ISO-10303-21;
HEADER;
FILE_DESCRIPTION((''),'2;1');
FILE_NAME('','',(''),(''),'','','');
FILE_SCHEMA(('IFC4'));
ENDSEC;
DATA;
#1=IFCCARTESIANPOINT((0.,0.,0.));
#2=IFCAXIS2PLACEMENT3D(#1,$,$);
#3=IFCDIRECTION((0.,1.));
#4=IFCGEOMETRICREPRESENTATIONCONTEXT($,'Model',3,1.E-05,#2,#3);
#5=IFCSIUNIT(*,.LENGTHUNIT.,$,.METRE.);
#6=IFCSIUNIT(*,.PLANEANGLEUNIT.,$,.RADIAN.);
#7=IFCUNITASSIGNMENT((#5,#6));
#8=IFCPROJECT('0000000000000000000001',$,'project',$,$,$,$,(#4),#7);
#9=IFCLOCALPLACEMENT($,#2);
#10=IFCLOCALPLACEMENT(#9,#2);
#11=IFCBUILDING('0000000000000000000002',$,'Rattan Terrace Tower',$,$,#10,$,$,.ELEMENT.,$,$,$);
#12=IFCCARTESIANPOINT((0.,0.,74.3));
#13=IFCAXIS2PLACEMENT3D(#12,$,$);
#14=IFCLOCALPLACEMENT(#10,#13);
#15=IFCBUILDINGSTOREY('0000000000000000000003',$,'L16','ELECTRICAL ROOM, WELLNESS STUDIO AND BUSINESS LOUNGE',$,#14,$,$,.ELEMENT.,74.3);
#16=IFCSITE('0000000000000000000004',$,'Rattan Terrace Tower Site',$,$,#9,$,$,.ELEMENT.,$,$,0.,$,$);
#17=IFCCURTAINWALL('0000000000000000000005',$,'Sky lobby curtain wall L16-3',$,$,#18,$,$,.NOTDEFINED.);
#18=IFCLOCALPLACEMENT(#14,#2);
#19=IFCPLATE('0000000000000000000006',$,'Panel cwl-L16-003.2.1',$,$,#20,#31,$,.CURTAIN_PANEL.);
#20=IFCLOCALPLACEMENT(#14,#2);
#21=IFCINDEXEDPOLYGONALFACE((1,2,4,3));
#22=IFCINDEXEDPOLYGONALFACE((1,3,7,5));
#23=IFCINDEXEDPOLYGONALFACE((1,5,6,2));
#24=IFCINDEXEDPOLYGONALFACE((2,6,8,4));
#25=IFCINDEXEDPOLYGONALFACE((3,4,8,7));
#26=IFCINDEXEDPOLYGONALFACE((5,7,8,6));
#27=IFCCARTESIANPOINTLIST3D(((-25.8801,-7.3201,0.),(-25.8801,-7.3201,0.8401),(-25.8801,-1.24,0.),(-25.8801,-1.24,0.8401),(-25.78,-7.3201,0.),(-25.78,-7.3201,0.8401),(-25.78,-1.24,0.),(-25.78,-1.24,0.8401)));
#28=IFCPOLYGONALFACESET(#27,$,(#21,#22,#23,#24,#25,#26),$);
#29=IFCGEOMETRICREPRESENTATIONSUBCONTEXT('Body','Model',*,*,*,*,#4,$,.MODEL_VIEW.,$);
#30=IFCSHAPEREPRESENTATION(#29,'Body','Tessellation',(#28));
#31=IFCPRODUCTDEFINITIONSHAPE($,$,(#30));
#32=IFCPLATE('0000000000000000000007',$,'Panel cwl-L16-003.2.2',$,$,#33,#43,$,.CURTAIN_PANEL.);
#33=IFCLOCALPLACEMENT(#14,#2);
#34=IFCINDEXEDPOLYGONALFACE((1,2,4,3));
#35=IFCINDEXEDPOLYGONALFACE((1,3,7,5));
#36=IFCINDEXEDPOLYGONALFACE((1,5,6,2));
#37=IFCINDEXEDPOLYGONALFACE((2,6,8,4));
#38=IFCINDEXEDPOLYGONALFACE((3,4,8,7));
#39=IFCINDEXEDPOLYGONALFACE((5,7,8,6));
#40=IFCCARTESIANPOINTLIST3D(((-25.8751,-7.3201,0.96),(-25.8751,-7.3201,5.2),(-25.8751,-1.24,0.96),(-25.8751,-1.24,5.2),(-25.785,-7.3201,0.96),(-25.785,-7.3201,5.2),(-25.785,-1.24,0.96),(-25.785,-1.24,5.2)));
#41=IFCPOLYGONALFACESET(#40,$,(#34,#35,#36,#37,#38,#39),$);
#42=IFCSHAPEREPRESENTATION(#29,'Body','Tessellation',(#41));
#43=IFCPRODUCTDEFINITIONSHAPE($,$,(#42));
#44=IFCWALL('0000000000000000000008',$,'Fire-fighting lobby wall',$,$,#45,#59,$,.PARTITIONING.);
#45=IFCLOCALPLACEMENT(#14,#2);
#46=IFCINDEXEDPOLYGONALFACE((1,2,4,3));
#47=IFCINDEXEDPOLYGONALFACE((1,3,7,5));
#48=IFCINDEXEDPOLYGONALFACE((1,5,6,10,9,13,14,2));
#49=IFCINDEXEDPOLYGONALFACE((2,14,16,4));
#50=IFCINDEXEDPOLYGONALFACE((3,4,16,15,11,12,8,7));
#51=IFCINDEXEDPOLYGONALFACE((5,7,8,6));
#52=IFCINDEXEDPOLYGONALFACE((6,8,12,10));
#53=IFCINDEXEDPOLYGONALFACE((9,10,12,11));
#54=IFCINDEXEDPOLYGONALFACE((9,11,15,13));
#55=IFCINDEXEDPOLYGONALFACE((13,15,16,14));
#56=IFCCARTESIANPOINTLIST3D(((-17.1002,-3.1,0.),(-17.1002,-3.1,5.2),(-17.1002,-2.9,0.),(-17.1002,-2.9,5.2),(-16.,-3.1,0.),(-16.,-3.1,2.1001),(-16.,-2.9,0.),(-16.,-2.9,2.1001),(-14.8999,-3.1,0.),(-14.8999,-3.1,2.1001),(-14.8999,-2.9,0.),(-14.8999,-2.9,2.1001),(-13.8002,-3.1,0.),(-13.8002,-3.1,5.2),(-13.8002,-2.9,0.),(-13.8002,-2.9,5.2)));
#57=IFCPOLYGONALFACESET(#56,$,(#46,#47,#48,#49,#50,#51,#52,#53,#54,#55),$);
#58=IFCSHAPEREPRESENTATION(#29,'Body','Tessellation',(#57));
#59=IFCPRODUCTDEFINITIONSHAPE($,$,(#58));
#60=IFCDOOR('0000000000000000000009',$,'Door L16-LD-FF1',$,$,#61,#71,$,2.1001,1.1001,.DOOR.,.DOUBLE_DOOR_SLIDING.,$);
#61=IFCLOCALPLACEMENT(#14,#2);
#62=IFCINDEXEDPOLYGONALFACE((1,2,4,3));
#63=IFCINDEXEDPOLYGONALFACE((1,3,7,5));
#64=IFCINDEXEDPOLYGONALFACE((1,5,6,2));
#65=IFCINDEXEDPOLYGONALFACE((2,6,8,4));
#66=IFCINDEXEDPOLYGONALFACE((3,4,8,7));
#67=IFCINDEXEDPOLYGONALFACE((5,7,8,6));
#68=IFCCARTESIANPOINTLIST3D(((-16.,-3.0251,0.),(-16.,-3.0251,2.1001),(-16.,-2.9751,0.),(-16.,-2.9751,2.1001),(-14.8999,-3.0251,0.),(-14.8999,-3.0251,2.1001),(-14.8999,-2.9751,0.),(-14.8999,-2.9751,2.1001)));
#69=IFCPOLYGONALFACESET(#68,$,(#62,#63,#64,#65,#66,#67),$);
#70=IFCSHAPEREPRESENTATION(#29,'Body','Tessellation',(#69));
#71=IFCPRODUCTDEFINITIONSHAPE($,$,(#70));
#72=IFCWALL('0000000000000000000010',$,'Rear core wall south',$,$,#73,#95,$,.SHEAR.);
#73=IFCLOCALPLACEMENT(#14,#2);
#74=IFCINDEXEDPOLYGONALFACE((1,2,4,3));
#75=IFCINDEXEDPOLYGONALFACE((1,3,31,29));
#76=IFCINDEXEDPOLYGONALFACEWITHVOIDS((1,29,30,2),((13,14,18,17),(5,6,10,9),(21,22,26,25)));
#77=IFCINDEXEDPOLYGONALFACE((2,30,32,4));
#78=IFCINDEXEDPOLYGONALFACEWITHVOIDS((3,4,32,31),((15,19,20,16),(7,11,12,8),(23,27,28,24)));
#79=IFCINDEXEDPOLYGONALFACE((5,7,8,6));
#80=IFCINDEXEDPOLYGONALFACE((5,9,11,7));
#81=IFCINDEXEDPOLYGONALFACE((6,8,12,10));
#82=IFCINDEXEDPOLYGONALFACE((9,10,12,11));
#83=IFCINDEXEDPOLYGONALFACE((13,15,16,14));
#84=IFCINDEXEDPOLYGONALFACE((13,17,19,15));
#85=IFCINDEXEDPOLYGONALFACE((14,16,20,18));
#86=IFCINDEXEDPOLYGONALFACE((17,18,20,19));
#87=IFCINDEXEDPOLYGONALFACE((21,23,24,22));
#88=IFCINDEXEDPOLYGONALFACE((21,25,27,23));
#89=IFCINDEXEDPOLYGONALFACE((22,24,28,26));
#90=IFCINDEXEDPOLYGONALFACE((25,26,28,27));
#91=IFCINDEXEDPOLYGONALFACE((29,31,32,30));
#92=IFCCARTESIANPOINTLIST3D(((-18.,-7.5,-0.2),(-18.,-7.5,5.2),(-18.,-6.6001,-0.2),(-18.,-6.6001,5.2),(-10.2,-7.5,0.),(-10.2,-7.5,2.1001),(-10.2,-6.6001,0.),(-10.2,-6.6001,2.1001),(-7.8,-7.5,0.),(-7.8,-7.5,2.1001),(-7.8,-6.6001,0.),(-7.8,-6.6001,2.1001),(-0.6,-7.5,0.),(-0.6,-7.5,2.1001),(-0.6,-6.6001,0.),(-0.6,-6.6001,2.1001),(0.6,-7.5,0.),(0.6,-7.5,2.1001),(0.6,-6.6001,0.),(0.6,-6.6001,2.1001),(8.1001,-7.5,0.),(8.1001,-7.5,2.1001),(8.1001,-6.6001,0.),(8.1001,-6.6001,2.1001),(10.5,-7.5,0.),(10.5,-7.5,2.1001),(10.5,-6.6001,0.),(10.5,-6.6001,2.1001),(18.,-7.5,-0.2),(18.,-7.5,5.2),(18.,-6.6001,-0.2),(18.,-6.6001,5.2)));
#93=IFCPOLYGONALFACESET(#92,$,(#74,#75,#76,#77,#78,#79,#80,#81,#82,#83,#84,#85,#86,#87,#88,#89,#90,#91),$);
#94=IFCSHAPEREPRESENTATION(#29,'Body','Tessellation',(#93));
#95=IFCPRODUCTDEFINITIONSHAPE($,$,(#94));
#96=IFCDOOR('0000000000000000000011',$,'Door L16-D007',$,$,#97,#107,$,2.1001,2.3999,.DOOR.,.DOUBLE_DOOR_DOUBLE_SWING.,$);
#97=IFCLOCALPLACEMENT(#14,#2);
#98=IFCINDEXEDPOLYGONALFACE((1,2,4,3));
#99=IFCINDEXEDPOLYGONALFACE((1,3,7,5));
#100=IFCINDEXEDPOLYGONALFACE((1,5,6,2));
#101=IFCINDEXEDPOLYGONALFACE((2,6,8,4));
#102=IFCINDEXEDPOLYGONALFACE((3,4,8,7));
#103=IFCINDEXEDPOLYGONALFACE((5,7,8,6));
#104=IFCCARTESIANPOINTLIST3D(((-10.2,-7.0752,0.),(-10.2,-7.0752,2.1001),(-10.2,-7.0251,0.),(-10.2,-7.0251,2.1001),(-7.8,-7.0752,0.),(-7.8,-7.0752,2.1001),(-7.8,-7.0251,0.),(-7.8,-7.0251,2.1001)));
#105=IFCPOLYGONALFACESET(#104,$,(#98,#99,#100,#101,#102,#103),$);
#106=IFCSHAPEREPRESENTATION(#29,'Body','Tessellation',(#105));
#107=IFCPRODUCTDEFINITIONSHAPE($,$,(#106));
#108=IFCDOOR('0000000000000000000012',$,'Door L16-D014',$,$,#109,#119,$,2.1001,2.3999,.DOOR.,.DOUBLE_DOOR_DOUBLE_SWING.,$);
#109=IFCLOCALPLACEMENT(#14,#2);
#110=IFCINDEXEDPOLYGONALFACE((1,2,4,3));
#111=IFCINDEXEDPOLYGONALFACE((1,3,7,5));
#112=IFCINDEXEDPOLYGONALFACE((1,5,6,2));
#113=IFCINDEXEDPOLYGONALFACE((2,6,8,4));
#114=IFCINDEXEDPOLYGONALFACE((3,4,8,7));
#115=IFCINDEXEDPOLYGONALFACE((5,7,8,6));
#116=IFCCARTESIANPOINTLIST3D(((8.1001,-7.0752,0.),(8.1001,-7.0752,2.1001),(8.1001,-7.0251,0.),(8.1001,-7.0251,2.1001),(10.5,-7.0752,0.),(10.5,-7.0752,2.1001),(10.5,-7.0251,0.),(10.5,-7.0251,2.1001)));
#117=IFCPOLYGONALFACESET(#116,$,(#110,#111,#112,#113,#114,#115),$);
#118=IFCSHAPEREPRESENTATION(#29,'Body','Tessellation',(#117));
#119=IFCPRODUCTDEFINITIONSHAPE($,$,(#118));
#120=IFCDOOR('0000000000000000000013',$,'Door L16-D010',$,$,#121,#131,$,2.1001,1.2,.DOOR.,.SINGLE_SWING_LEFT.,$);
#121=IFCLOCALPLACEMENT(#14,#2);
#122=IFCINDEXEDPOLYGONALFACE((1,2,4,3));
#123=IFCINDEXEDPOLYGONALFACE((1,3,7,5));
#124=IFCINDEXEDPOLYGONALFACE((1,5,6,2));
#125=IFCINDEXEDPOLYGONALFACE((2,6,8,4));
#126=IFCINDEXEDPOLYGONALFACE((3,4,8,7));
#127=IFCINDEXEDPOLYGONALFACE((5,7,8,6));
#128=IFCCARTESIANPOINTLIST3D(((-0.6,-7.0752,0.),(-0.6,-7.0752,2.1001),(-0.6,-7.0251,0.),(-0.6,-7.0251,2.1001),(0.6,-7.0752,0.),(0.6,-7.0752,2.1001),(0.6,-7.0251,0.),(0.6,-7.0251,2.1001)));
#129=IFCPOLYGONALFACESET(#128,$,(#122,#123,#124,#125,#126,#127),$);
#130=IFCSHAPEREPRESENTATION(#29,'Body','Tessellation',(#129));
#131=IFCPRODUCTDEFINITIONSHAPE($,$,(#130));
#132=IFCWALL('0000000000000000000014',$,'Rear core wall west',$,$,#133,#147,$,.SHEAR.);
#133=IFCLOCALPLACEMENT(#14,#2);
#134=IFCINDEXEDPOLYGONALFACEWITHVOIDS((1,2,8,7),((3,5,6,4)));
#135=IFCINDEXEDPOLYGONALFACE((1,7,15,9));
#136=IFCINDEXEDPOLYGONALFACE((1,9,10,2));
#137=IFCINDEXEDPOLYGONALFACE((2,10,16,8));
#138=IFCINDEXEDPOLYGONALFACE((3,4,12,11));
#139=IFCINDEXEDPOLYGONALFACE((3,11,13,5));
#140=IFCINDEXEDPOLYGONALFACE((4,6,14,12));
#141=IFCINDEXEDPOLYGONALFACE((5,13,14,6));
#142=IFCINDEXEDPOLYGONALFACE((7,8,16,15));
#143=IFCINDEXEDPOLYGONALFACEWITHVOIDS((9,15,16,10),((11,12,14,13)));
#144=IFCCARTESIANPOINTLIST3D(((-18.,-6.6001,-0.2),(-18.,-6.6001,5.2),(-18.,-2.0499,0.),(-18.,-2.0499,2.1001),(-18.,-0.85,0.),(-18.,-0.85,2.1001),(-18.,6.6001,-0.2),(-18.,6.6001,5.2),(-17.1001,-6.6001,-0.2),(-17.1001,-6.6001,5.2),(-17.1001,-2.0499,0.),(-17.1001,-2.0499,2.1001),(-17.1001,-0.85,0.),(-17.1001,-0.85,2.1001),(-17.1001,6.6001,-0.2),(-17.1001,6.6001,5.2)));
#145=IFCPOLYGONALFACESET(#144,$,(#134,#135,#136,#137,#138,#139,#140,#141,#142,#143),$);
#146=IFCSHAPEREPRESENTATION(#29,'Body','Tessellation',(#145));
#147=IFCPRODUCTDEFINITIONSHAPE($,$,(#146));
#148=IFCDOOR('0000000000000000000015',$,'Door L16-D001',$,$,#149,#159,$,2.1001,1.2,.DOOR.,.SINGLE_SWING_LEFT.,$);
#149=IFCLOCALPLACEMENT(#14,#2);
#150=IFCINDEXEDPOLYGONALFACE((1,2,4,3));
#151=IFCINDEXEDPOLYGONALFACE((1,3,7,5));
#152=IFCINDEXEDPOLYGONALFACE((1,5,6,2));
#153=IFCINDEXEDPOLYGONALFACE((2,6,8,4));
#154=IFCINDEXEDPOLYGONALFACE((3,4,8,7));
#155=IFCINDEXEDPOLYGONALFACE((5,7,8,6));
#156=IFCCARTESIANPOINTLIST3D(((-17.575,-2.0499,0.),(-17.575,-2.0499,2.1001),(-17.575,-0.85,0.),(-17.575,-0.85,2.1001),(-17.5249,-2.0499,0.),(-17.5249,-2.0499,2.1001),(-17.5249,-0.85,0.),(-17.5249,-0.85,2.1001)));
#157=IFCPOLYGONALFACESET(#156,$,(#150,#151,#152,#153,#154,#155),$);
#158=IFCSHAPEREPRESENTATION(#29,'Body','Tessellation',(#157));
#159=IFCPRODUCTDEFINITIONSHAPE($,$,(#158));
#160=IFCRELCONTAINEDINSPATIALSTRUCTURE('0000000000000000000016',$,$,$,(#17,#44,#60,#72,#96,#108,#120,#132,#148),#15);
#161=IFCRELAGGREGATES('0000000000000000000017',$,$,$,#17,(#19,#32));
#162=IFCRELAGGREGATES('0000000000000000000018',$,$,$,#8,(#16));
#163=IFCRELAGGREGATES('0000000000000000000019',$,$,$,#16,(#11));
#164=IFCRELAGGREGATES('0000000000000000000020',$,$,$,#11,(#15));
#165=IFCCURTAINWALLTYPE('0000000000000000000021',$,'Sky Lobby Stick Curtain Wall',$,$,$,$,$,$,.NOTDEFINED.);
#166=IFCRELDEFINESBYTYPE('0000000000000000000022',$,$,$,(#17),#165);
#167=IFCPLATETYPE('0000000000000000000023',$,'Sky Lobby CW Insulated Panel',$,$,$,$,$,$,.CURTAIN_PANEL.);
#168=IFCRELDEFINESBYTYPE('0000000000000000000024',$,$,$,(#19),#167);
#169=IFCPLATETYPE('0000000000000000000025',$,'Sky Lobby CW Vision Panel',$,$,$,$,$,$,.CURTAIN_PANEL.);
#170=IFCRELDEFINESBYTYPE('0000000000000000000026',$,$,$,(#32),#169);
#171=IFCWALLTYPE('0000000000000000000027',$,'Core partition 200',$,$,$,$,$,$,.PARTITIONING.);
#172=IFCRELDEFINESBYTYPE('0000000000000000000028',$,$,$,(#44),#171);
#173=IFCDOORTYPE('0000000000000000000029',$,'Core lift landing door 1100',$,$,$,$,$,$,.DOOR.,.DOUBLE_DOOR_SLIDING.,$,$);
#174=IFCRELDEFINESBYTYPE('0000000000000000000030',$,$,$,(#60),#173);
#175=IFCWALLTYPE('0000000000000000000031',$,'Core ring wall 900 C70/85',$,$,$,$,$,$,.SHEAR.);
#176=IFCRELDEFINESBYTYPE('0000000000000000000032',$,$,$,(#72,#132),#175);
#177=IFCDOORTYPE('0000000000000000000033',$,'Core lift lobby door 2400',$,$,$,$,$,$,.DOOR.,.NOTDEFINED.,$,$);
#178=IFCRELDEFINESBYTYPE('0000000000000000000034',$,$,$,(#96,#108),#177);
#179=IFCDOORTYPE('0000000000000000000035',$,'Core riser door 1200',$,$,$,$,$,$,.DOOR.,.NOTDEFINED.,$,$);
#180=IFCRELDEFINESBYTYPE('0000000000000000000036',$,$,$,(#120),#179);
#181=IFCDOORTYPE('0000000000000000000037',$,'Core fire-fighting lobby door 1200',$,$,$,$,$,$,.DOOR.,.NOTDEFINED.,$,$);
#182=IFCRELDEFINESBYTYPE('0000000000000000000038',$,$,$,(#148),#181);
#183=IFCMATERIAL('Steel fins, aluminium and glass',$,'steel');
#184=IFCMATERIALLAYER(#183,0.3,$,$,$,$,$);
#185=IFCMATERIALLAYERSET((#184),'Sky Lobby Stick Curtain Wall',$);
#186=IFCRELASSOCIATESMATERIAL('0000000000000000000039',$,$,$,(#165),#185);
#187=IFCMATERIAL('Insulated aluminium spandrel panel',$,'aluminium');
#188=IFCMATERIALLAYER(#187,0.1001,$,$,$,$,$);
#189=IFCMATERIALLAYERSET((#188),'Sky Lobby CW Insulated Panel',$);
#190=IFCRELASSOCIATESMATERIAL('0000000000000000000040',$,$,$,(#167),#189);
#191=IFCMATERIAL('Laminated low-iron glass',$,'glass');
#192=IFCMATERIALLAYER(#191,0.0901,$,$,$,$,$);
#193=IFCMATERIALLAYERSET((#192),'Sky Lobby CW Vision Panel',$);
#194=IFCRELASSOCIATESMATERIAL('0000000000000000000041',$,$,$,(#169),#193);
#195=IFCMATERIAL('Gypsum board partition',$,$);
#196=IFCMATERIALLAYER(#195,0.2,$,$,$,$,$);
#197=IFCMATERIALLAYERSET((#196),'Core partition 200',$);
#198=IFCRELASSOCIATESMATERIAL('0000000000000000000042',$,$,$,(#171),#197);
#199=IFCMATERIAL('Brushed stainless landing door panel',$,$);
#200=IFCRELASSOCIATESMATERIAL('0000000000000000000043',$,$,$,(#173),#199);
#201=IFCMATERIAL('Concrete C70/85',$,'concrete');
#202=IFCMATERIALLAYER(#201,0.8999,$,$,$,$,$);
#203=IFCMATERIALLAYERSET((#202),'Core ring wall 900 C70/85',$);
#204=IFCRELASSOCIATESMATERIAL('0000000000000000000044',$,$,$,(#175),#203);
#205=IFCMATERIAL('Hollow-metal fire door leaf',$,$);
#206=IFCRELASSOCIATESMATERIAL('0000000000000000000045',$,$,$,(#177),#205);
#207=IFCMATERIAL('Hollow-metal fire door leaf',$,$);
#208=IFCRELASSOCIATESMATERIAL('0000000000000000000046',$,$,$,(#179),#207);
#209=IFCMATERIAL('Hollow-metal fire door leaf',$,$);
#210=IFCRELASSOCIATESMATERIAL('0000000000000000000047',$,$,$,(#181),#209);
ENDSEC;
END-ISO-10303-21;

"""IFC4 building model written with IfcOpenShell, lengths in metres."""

from ifc_helpers import new_model, si_unit, direction, frame, frame_2d, origin, origin_2d, place, context, subcontext, project, spatial, rectangle, extrude, material, layer, layer_set, type_object, element, fill, aggregate, save


model = new_model("IFC4")

# Units and contexts
model_context = context("Model", 3, precision=1e-05, world=origin(), true_north=direction((0.0, 1.0)))
body_context = subcontext(model_context, "Body", "Model", "MODEL_VIEW")
ifc_project = project(units=[si_unit("LENGTHUNIT", "METRE"), si_unit("PLANEANGLEUNIT", "RADIAN")], contexts=[model_context])

# Site, building, storey
site_placement = place(None, origin())
site = spatial("IfcSite", under=ifc_project, at=site_placement, Name="Rattan Terrace Tower Site", CompositionType="ELEMENT", RefElevation=0.0)
building_placement = place(site_placement, origin())
building = spatial("IfcBuilding", under=site, at=building_placement, Name="Rattan Terrace Tower", CompositionType="ELEMENT")
storey_placement = place(building_placement, frame((0.0, 0.0, 74.3)))
storey = spatial("IfcBuildingStorey", under=building, at=storey_placement, Name="L16", Description="ELECTRICAL ROOM, WELLNESS STUDIO AND BUSINESS LOUNGE", CompositionType="ELEMENT", Elevation=74.3)

# Curtain wall, plates
ifc_material_1 = material(Name="Steel fins, aluminium and glass", Category="steel")
ifc_layer_1 = layer(ifc_material_1, 0.3)
ifc_layer_set_1 = layer_set([ifc_layer_1], Name="Sky Lobby Stick Curtain Wall")
curtain_wall_type = type_object("IfcCurtainWallType", Name="Sky Lobby Stick Curtain Wall", PredefinedType="NOTDEFINED", material=ifc_layer_set_1)
curtain_wall_placement = place(storey_placement, origin())
curtain_wall = element("IfcCurtainWall", 1, at=curtain_wall_placement, inside=storey, type_object=curtain_wall_type, Name="Sky lobby curtain wall L16-3", PredefinedType="NOTDEFINED")
ifc_material_2 = material(Name="Insulated aluminium spandrel panel", Category="aluminium")
ifc_layer_2 = layer(ifc_material_2, 0.1001)
ifc_layer_set_2 = layer_set([ifc_layer_2], Name="Sky Lobby CW Insulated Panel")
plate_type_1 = type_object("IfcPlateType", Name="Sky Lobby CW Insulated Panel", PredefinedType="CURTAIN_PANEL", material=ifc_layer_set_2)
plate_1_placement = place(storey_placement, frame((-25.8301, -4.28, 0.0), z_axis=(0.0, 0.0, 1.0), x_axis=(0.0, -1.0, 0.0)))
plate_1 = element("IfcPlate", 2, at=plate_1_placement, type_object=plate_type_1, Name="Panel cwl-L16-003.2.1", PredefinedType="CURTAIN_PANEL", context=body_context, shape_type="SweptSolid", body=[
    extrude(rectangle(XDim=6.0801, YDim=0.1001, at=origin_2d()), origin(), (0.0, 0.0, 1.0), 0.8401),
])
ifc_material_3 = material(Name="Laminated low-iron glass", Category="glass")
ifc_layer_3 = layer(ifc_material_3, 0.0901)
ifc_layer_set_3 = layer_set([ifc_layer_3], Name="Sky Lobby CW Vision Panel")
plate_type_2 = type_object("IfcPlateType", Name="Sky Lobby CW Vision Panel", PredefinedType="CURTAIN_PANEL", material=ifc_layer_set_3)
plate_2_placement = place(storey_placement, frame((-25.8301, -4.28, 0.96), z_axis=(0.0, 0.0, 1.0), x_axis=(0.0, -1.0, 0.0)))
plate_2 = element("IfcPlate", 3, at=plate_2_placement, type_object=plate_type_2, Name="Panel cwl-L16-003.2.2", PredefinedType="CURTAIN_PANEL", context=body_context, shape_type="SweptSolid", body=[
    extrude(rectangle(XDim=6.0801, YDim=0.0901, at=origin_2d()), origin(), (0.0, 0.0, 1.0), 4.24),
])
aggregate(curtain_wall, [plate_1, plate_2])

# Wall, opening, door
ifc_material_4 = material(Name="Gypsum board partition")
ifc_layer_4 = layer(ifc_material_4, 0.2)
ifc_layer_set_4 = layer_set([ifc_layer_4], Name="Core partition 200")
wall_type_1 = type_object("IfcWallType", Name="Core partition 200", PredefinedType="PARTITIONING", material=ifc_layer_set_4)
wall_1_placement = place(storey_placement, frame((-17.1001, -3.0, 0.0), z_axis=(0.0, 0.0, 1.0), x_axis=(1.0, 0.0, 0.0)))
wall_1 = element("IfcWall", 4, at=wall_1_placement, inside=storey, type_object=wall_type_1, Name="Fire-fighting lobby wall", PredefinedType="PARTITIONING", context=body_context, shape_type="SweptSolid", body=[
    extrude(rectangle(XDim=3.3, YDim=0.2, at=frame_2d((1.6499, 0.0))), origin(), (0.0, 0.0, 1.0), 5.2),
])
opening_1_placement = place(wall_1_placement, frame((1.1001, 0.0, 0.0)))
opening_1 = element("IfcOpeningElement", 5, at=opening_1_placement, cuts=wall_1, PredefinedType="OPENING", context=body_context, shape_type="SweptSolid", body=[
    extrude(rectangle(XDim=1.1001, YDim=2.1001, at=frame_2d((0.55, 1.05))), frame((0.0, 0.1106, 0.0), z_axis=(0.0, -1.0, 0.0), x_axis=(1.0, 0.0, 0.0)), (0.0, 0.0, 1.0), 0.2209),
])
ifc_material_5 = material(Name="Brushed stainless landing door panel")
door_type_1 = type_object("IfcDoorType", Name="Core lift landing door 1100", OperationType="DOUBLE_DOOR_SLIDING", PredefinedType="DOOR", material=ifc_material_5)
door_1_placement = place(opening_1_placement, origin())
door_1 = element("IfcDoor", 6, at=door_1_placement, inside=storey, type_object=door_type_1, Name="Door L16-LD-FF1", OperationType="DOUBLE_DOOR_SLIDING", OverallHeight=2.1001, OverallWidth=1.1001, PredefinedType="DOOR", context=body_context, shape_type="SweptSolid", body=[
    extrude(rectangle(XDim=1.1001, YDim=2.1001, at=frame_2d((0.55, 1.05))), frame((0.0, 0.0249, 0.0), z_axis=(0.0, -1.0, 0.0), x_axis=(1.0, 0.0, 0.0)), (0.0, 0.0, 1.0), 0.05),
])
fill(opening_1, door_1)

# Wall, openings, doors
ifc_material_6 = material(Name="Concrete C70/85", Category="concrete")
ifc_layer_5 = layer(ifc_material_6, 0.8999)
ifc_layer_set_5 = layer_set([ifc_layer_5], Name="Core ring wall 900 C70/85")
wall_type_2 = type_object("IfcWallType", Name="Core ring wall 900 C70/85", PredefinedType="SHEAR", material=ifc_layer_set_5)
wall_2_placement = place(storey_placement, frame((-18.0, -7.05, -0.2), z_axis=(0.0, 0.0, 1.0), x_axis=(1.0, 0.0, 0.0)))
wall_2 = element("IfcWall", 7, at=wall_2_placement, inside=storey, type_object=wall_type_2, Name="Rear core wall south", PredefinedType="SHEAR", context=body_context, shape_type="SweptSolid", body=[
    extrude(rectangle(XDim=36.0, YDim=0.8999, at=frame_2d((18.0, 0.0))), origin(), (0.0, 0.0, 1.0), 5.3999),
])
opening_2_placement = place(wall_2_placement, frame((7.8, 0.0, 0.2)))
opening_2 = element("IfcOpeningElement", 8, at=opening_2_placement, cuts=wall_2, PredefinedType="OPENING", context=body_context, shape_type="SweptSolid", body=[
    extrude(rectangle(XDim=2.3999, YDim=2.1001, at=frame_2d((1.2, 1.05))), frame((0.0, 0.4604, 0.0), z_axis=(0.0, -1.0, 0.0), x_axis=(1.0, 0.0, 0.0)), (0.0, 0.0, 1.0), 0.9209),
])
opening_3_placement = place(wall_2_placement, frame((17.3999, 0.0, 0.2)))
opening_3 = element("IfcOpeningElement", 9, at=opening_3_placement, cuts=wall_2, PredefinedType="OPENING", context=body_context, shape_type="SweptSolid", body=[
    extrude(rectangle(XDim=1.2, YDim=2.1001, at=frame_2d((0.6001, 1.05))), frame((0.0, 0.4604, 0.0), z_axis=(0.0, -1.0, 0.0), x_axis=(1.0, 0.0, 0.0)), (0.0, 0.0, 1.0), 0.9209),
])
opening_4_placement = place(wall_2_placement, frame((26.1001, 0.0, 0.2)))
opening_4 = element("IfcOpeningElement", 10, at=opening_4_placement, cuts=wall_2, PredefinedType="OPENING", context=body_context, shape_type="SweptSolid", body=[
    extrude(rectangle(XDim=2.3999, YDim=2.1001, at=frame_2d((1.2, 1.05))), frame((0.0, 0.4604, 0.0), z_axis=(0.0, -1.0, 0.0), x_axis=(1.0, 0.0, 0.0)), (0.0, 0.0, 1.0), 0.9209),
])
ifc_material_7 = material(Name="Hollow-metal fire door leaf")
door_type_2 = type_object("IfcDoorType", Name="Core lift lobby door 2400", OperationType="NOTDEFINED", PredefinedType="DOOR", material=ifc_material_7)
door_2_placement = place(opening_2_placement, origin())
door_2 = element("IfcDoor", 11, at=door_2_placement, inside=storey, type_object=door_type_2, Name="Door L16-D007", OperationType="DOUBLE_DOOR_DOUBLE_SWING", OverallHeight=2.1001, OverallWidth=2.3999, PredefinedType="DOOR", context=body_context, shape_type="SweptSolid", body=[
    extrude(rectangle(XDim=2.3999, YDim=2.1001, at=frame_2d((1.2, 1.05))), frame((0.0, 0.0249, 0.0), z_axis=(0.0, -1.0, 0.0), x_axis=(1.0, 0.0, 0.0)), (0.0, 0.0, 1.0), 0.05),
])
fill(opening_2, door_2)
door_3_placement = place(opening_4_placement, origin())
door_3 = element("IfcDoor", 12, at=door_3_placement, inside=storey, type_object=door_type_2, Name="Door L16-D014", OperationType="DOUBLE_DOOR_DOUBLE_SWING", OverallHeight=2.1001, OverallWidth=2.3999, PredefinedType="DOOR", context=body_context, shape_type="SweptSolid", body=[
    extrude(rectangle(XDim=2.3999, YDim=2.1001, at=frame_2d((1.2, 1.05))), frame((0.0, 0.0249, 0.0), z_axis=(0.0, -1.0, 0.0), x_axis=(1.0, 0.0, 0.0)), (0.0, 0.0, 1.0), 0.05),
])
fill(opening_4, door_3)
ifc_material_8 = material(Name="Hollow-metal fire door leaf")
door_type_3 = type_object("IfcDoorType", Name="Core riser door 1200", OperationType="NOTDEFINED", PredefinedType="DOOR", material=ifc_material_8)
door_4_placement = place(opening_3_placement, origin())
door_4 = element("IfcDoor", 13, at=door_4_placement, inside=storey, type_object=door_type_3, Name="Door L16-D010", OperationType="SINGLE_SWING_LEFT", OverallHeight=2.1001, OverallWidth=1.2, PredefinedType="DOOR", context=body_context, shape_type="SweptSolid", body=[
    extrude(rectangle(XDim=1.2, YDim=2.1001, at=frame_2d((0.6001, 1.05))), frame((0.0, 0.0249, 0.0), z_axis=(0.0, -1.0, 0.0), x_axis=(1.0, 0.0, 0.0)), (0.0, 0.0, 1.0), 0.05),
])
fill(opening_3, door_4)

# Wall, opening, door
wall_3_placement = place(storey_placement, frame((-17.55, -6.6001, -0.2), z_axis=(0.0, 0.0, 1.0), x_axis=(0.0, 1.0, 0.0)))
wall_3 = element("IfcWall", 14, at=wall_3_placement, inside=storey, type_object=wall_type_2, Name="Rear core wall west", PredefinedType="SHEAR", context=body_context, shape_type="SweptSolid", body=[
    extrude(rectangle(XDim=13.2002, YDim=0.8999, at=frame_2d((6.6001, 0.0))), origin(), (0.0, 0.0, 1.0), 5.3999),
])
opening_5_placement = place(wall_3_placement, frame((4.55, 0.0, 0.2)))
opening_5 = element("IfcOpeningElement", 15, at=opening_5_placement, cuts=wall_3, PredefinedType="OPENING", context=body_context, shape_type="SweptSolid", body=[
    extrude(rectangle(XDim=1.2, YDim=2.1001, at=frame_2d((0.6001, 1.05))), frame((0.0, 0.4604, 0.0), z_axis=(0.0, -1.0, 0.0), x_axis=(1.0, 0.0, 0.0)), (0.0, 0.0, 1.0), 0.9209),
])
ifc_material_9 = material(Name="Hollow-metal fire door leaf")
door_type_4 = type_object("IfcDoorType", Name="Core fire-fighting lobby door 1200", OperationType="NOTDEFINED", PredefinedType="DOOR", material=ifc_material_9)
door_5_placement = place(opening_5_placement, origin())
door_5 = element("IfcDoor", 16, at=door_5_placement, inside=storey, type_object=door_type_4, Name="Door L16-D001", OperationType="SINGLE_SWING_LEFT", OverallHeight=2.1001, OverallWidth=1.2, PredefinedType="DOOR", context=body_context, shape_type="SweptSolid", body=[
    extrude(rectangle(XDim=1.2, YDim=2.1001, at=frame_2d((0.6001, 1.05))), frame((0.0, 0.0249, 0.0), z_axis=(0.0, -1.0, 0.0), x_axis=(1.0, 0.0, 0.0)), (0.0, 0.0, 1.0), 0.05),
])
fill(opening_5, door_5)

save(model, "model.ifc")
